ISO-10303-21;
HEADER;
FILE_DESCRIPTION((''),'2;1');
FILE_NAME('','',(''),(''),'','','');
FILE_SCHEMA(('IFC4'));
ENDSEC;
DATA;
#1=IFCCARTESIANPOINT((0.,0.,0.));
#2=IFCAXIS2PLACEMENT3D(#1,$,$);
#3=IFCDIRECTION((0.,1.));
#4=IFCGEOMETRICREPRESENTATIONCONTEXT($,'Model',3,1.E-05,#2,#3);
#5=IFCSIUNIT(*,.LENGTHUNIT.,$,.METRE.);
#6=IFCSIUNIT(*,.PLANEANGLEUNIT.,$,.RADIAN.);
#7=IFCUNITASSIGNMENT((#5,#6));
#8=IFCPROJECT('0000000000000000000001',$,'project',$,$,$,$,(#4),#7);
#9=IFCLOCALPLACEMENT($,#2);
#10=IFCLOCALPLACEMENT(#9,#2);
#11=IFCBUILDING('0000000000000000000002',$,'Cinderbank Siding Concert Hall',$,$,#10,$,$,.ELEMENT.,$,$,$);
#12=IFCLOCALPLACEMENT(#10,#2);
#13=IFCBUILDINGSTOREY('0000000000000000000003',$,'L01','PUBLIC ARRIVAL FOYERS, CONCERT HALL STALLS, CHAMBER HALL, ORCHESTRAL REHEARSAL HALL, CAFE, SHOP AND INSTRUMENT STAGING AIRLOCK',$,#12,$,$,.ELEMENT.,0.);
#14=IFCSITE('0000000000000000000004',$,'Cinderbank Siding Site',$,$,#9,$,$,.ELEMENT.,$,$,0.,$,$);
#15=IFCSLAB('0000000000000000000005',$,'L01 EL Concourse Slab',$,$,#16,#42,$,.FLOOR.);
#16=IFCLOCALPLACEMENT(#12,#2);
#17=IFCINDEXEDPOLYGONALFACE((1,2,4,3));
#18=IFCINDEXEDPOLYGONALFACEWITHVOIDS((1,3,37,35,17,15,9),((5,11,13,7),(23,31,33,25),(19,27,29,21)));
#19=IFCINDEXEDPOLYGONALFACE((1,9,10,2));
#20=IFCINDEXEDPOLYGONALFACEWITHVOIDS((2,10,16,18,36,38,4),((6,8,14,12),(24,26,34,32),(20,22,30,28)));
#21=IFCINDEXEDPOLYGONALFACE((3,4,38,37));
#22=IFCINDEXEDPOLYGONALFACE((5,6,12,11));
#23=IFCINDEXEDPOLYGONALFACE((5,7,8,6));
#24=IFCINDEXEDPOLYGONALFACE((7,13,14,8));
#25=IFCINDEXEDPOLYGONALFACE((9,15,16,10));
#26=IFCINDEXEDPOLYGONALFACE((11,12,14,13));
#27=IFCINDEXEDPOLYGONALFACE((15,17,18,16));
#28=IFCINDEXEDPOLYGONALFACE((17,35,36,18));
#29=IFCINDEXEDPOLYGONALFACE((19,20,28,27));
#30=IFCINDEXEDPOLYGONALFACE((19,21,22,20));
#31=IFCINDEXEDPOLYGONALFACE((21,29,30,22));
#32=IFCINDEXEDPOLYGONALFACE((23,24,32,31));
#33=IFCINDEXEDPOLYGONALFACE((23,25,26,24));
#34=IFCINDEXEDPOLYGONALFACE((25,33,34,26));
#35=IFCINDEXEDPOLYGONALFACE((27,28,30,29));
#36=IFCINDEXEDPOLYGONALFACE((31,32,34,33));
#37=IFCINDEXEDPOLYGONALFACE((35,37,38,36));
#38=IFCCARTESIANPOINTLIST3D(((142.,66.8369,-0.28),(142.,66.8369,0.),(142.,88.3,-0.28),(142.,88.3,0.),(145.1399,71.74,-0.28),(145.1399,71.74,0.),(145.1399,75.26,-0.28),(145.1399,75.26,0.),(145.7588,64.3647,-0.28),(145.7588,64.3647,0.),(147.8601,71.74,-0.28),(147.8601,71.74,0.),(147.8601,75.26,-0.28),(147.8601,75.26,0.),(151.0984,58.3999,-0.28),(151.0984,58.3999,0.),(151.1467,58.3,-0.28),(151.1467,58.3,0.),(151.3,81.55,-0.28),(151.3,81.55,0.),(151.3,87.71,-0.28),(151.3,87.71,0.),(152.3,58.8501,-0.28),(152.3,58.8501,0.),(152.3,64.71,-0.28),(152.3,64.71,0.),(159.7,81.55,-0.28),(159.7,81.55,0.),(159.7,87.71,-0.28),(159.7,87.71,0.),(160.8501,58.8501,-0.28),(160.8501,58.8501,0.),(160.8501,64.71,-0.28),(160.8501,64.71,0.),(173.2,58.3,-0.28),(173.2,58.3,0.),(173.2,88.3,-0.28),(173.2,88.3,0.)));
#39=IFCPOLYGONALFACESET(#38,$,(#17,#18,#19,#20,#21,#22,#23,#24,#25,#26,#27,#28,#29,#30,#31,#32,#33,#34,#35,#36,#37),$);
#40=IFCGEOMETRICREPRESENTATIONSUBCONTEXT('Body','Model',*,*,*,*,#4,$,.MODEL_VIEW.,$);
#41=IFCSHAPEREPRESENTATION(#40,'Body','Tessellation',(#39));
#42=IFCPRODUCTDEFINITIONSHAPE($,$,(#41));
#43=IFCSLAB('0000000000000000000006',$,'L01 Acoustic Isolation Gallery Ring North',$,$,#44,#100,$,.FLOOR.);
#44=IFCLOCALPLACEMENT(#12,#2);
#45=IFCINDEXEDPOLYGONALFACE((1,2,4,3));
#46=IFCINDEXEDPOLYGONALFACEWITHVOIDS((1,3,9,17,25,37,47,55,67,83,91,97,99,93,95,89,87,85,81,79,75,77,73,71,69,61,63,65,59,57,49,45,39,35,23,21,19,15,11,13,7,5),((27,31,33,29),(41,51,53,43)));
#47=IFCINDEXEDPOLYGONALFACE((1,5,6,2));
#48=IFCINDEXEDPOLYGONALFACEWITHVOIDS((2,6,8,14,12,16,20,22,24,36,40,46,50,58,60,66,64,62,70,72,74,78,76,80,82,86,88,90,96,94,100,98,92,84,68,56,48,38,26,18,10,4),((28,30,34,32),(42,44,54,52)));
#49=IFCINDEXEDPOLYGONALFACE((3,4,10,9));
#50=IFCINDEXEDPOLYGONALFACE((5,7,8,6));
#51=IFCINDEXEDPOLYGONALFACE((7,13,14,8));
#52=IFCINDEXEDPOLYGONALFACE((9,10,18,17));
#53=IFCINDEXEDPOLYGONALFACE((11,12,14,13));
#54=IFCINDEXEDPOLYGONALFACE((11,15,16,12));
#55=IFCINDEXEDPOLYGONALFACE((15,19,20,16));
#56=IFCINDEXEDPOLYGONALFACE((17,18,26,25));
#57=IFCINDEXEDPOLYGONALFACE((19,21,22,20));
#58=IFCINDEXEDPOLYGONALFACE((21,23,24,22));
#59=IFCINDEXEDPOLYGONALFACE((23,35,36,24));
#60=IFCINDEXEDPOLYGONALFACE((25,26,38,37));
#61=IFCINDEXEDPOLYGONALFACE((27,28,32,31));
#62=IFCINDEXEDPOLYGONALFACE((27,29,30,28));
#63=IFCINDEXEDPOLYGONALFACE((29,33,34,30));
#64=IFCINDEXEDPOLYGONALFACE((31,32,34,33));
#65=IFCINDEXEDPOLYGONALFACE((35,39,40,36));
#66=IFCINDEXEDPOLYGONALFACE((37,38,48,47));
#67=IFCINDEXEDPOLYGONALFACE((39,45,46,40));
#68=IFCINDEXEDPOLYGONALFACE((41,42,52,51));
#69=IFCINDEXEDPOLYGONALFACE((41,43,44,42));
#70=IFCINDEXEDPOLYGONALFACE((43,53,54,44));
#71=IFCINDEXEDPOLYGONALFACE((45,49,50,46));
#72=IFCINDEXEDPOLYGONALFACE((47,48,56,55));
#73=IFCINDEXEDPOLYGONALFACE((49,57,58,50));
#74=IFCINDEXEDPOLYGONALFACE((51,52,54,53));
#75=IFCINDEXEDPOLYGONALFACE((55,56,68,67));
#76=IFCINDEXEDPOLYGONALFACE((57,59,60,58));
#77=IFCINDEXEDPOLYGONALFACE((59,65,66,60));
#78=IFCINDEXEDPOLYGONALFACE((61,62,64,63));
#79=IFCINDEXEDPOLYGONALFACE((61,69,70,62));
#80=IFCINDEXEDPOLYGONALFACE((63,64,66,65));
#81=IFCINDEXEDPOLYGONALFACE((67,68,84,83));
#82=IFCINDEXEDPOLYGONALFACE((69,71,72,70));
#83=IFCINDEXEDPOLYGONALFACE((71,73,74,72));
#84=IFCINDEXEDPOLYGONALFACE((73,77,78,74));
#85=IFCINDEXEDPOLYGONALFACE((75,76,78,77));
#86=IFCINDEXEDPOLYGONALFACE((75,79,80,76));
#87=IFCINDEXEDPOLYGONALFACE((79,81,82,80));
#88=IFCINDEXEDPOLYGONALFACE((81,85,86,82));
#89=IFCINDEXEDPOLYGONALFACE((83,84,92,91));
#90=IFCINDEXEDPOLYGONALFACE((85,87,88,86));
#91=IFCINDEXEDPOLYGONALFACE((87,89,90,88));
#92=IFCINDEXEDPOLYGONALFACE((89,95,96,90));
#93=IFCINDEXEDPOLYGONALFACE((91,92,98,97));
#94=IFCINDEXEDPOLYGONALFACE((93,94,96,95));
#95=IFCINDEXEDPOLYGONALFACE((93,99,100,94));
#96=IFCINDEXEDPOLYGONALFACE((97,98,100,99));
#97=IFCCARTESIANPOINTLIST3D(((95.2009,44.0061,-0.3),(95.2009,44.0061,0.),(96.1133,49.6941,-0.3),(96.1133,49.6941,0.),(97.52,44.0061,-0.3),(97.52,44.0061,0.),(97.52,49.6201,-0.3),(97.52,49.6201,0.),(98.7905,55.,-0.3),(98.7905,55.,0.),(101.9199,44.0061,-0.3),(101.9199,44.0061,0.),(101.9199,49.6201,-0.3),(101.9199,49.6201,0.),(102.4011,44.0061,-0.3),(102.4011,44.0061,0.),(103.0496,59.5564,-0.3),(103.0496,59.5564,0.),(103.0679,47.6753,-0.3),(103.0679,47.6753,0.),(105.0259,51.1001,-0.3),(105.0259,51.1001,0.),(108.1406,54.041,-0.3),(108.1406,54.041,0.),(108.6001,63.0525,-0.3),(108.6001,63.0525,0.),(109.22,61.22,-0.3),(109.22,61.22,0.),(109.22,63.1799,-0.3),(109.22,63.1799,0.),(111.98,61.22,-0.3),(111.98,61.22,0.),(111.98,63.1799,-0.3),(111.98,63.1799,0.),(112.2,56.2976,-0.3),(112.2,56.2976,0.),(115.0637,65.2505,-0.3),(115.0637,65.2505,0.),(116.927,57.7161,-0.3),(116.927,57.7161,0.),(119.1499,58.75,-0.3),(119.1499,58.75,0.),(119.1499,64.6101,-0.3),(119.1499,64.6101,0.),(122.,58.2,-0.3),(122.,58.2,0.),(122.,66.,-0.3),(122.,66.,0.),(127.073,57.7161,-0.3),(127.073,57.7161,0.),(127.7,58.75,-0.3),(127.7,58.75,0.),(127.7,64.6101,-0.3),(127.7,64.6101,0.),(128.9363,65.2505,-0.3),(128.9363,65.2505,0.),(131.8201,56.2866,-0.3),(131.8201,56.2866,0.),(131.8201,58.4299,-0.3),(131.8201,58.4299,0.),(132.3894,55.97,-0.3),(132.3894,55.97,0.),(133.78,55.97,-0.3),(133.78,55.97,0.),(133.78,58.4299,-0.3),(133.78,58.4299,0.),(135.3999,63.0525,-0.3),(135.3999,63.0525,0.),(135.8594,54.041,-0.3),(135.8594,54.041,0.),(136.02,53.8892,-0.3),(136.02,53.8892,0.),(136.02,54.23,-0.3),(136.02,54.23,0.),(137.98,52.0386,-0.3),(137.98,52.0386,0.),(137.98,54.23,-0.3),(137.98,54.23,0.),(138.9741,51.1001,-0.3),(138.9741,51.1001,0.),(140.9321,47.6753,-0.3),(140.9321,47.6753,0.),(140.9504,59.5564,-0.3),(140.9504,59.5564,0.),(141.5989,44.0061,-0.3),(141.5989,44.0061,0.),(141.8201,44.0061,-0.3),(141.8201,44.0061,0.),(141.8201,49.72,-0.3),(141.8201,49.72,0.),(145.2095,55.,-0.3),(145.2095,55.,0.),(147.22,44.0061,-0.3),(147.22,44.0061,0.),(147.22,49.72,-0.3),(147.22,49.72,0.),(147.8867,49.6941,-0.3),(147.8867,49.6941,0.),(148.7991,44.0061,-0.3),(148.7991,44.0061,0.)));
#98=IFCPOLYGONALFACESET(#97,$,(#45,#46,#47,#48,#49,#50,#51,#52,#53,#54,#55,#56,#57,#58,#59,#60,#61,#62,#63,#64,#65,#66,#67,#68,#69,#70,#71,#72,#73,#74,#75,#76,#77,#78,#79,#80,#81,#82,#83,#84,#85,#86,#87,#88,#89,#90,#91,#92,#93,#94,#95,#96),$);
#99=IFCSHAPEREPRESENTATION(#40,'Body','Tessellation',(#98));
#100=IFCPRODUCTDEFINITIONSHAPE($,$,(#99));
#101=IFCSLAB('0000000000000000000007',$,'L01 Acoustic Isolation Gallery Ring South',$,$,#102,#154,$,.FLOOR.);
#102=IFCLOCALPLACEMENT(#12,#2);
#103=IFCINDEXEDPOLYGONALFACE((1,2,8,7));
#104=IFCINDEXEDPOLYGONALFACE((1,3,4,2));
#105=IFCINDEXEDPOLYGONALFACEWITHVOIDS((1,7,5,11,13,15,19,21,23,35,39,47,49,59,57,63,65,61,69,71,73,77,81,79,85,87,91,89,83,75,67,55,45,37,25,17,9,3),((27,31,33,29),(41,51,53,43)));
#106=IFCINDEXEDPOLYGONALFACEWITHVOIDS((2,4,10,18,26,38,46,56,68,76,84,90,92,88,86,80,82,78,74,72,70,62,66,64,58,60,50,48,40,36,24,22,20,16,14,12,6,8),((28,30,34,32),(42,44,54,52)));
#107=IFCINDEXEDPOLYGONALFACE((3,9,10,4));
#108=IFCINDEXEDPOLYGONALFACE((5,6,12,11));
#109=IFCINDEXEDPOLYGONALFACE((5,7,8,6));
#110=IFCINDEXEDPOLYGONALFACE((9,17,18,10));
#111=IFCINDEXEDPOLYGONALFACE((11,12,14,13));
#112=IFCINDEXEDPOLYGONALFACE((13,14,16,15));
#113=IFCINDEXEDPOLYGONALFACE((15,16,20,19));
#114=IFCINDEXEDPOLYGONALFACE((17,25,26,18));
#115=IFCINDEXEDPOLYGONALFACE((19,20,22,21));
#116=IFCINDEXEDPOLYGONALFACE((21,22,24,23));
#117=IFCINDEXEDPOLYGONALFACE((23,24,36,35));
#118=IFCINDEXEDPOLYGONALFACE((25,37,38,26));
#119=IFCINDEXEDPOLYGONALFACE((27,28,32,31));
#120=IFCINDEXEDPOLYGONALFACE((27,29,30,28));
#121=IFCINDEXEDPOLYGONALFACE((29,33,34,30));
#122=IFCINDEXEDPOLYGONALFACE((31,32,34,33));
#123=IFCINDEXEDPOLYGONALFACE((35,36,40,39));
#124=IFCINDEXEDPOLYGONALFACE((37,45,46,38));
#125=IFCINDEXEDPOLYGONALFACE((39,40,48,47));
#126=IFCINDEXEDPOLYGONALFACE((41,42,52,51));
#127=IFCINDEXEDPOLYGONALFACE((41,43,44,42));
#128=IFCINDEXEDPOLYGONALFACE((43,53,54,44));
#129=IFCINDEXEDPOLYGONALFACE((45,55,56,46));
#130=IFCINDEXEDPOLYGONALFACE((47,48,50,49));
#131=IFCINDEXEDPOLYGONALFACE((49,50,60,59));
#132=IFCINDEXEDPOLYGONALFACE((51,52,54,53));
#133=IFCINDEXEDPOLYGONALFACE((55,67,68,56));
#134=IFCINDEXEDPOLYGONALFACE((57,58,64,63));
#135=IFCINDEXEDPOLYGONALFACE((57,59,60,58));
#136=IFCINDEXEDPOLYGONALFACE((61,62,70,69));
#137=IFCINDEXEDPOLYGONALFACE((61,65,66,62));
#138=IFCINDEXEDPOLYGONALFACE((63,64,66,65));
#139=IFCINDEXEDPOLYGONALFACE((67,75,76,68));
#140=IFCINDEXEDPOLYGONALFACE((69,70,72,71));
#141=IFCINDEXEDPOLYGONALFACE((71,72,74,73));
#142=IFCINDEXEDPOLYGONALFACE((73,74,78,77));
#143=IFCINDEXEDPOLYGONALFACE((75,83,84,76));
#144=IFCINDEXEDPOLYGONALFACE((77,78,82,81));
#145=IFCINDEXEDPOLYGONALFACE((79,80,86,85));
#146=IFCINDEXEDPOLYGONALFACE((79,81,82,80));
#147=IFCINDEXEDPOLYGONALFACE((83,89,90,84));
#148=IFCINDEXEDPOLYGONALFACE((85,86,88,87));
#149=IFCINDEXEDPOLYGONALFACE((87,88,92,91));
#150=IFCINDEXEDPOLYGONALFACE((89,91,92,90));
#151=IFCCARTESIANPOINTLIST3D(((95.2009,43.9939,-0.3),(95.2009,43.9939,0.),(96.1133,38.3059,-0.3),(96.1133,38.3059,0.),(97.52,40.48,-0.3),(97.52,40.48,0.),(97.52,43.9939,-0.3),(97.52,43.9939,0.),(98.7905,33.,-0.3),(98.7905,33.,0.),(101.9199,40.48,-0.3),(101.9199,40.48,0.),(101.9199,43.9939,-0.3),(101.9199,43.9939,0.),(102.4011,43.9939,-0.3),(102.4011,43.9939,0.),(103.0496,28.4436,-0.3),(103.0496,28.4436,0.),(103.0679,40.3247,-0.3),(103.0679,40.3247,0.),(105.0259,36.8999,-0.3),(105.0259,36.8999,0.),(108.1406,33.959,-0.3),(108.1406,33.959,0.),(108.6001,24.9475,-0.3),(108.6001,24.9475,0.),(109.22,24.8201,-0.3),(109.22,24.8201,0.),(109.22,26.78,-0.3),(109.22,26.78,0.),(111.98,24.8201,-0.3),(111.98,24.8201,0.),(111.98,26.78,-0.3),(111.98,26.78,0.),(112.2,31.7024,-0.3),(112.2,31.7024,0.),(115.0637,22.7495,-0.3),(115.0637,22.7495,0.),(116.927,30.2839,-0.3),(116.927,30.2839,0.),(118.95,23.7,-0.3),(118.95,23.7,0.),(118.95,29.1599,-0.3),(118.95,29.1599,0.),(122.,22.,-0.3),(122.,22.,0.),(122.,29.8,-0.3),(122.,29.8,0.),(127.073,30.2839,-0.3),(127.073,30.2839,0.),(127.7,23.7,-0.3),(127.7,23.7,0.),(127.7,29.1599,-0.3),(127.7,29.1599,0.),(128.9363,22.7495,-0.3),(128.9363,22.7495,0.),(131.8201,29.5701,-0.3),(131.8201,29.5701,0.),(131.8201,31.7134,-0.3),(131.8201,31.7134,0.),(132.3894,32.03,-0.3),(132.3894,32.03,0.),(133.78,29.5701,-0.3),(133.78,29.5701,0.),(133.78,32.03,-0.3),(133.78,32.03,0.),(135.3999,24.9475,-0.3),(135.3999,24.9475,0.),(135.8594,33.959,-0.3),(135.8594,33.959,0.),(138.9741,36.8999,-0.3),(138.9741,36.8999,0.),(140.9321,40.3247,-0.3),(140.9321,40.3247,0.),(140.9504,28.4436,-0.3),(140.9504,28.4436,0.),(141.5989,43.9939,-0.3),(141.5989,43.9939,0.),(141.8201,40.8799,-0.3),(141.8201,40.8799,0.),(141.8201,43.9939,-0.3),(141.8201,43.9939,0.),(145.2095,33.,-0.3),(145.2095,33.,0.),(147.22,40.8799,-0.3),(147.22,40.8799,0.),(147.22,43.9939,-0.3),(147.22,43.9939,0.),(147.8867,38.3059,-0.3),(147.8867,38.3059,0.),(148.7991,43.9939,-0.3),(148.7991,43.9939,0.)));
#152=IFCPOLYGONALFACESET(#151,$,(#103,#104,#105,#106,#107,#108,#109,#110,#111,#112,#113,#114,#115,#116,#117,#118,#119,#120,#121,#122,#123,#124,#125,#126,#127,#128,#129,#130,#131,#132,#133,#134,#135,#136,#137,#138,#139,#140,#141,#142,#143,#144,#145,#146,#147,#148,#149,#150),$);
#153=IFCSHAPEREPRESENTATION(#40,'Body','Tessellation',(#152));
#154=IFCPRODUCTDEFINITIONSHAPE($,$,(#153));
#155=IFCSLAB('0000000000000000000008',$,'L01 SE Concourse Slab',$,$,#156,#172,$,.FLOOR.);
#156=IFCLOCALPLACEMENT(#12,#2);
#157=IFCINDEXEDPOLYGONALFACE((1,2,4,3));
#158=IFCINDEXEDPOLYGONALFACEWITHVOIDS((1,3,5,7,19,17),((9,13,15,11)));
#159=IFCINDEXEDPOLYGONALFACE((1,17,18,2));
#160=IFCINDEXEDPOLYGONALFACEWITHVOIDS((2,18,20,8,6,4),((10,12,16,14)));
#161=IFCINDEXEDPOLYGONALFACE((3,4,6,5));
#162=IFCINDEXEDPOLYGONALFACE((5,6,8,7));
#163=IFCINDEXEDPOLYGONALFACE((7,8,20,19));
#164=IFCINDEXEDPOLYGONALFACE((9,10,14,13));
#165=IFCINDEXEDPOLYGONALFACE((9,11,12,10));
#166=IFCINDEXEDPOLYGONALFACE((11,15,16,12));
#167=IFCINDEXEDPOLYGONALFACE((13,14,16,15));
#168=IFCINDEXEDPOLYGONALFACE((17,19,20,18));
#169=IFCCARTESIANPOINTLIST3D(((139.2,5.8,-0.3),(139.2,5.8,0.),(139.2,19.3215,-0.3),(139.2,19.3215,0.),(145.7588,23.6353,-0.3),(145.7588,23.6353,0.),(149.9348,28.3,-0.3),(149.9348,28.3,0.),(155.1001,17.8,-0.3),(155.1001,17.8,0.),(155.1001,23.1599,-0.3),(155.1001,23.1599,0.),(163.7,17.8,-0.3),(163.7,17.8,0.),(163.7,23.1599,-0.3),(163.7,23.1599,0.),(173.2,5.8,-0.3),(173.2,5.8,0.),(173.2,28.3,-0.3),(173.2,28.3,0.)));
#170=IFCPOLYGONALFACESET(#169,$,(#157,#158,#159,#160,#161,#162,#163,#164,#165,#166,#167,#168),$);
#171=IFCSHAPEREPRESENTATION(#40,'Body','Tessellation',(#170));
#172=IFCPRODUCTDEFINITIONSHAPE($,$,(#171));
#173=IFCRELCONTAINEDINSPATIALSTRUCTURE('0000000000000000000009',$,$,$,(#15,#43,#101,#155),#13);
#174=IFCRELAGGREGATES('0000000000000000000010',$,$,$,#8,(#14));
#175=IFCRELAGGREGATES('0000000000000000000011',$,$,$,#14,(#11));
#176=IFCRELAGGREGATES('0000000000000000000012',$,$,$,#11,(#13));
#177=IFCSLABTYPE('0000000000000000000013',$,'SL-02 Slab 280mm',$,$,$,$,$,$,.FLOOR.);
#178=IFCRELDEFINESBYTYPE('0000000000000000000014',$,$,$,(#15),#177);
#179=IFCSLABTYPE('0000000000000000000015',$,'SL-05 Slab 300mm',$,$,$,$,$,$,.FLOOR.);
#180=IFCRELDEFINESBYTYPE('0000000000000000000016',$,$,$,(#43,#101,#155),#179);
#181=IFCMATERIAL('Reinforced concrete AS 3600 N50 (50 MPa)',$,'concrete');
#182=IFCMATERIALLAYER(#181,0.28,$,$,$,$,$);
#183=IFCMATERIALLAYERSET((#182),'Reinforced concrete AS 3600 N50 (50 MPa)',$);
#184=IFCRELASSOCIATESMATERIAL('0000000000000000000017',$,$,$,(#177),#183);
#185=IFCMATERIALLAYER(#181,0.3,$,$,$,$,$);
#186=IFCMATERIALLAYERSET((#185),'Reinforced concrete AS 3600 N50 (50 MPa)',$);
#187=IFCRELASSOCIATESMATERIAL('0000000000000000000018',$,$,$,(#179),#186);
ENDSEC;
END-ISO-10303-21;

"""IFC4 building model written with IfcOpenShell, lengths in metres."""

from ifc_helpers import new_model, si_unit, direction, frame, origin, place, context, subcontext, project, spatial, polyline, outline, extrude, material, layer, layer_set, type_object, element, save


model = new_model("IFC4")

# Units and contexts
model_context = context("Model", 3, precision=1e-05, world=origin(), true_north=direction((0.0, 1.0)))
body_context = subcontext(model_context, "Body", "Model", "MODEL_VIEW")
ifc_project = project(units=[si_unit("LENGTHUNIT", "METRE"), si_unit("PLANEANGLEUNIT", "RADIAN")], contexts=[model_context])

# Site, building, storey
site_placement = place(None, origin())
site = spatial("IfcSite", under=ifc_project, at=site_placement, Name="Cinderbank Siding Site", CompositionType="ELEMENT", RefElevation=0.0)
building_placement = place(site_placement, origin())
building = spatial("IfcBuilding", under=site, at=building_placement, Name="Cinderbank Siding Concert Hall", CompositionType="ELEMENT")
storey_placement = place(building_placement, origin())
storey = spatial("IfcBuildingStorey", under=building, at=storey_placement, Name="L01", Description="PUBLIC ARRIVAL FOYERS, CONCERT HALL STALLS, CHAMBER HALL, ORCHESTRAL REHEARSAL HALL, CAFE, SHOP AND INSTRUMENT STAGING AIRLOCK", CompositionType="ELEMENT", Elevation=0.0)

# Shared definitions
ifc_material = material(Name="Reinforced concrete AS 3600 N50 (50 MPa)", Category="concrete")

# Slabs
ifc_layer_1 = layer(ifc_material, 0.28)
ifc_layer_set_1 = layer_set([ifc_layer_1], Name="Reinforced concrete AS 3600 N50 (50 MPa)")
slab_type_1 = type_object("IfcSlabType", Name="SL-02 Slab 280mm", PredefinedType="FLOOR", material=ifc_layer_set_1)
slab_1_placement = place(storey_placement, frame((0.0, 0.0, -0.28)))
element("IfcSlab", 1, at=slab_1_placement, inside=storey, type_object=slab_type_1, Name="L01 EL Concourse Slab", PredefinedType="FLOOR", context=body_context, shape_type="SweptSolid", body=[
    extrude(outline(polyline([(173.2, 88.3), (173.2, 58.3), (151.1467, 58.3), (151.0984, 58.3999), (145.7588, 64.3647), (142.0, 66.8369), (142.0, 88.3), (173.2, 88.3)]), holes=[polyline([(159.7, 87.71), (151.3, 87.71), (151.3, 81.55), (159.7, 81.55), (159.7, 87.71)]), polyline([(160.8501, 64.71), (152.3, 64.71), (152.3, 58.8501), (160.8501, 58.8501), (160.8501, 64.71)]), polyline([(145.1399, 71.74), (147.8601, 71.74), (147.8601, 75.26), (145.1399, 75.26), (145.1399, 71.74)])]), origin(), (0.0, 0.0, 1.0), 0.28),
])
ifc_layer_2 = layer(ifc_material, 0.3)
ifc_layer_set_2 = layer_set([ifc_layer_2], Name="Reinforced concrete AS 3600 N50 (50 MPa)")
slab_type_2 = type_object("IfcSlabType", Name="SL-05 Slab 300mm", PredefinedType="FLOOR", material=ifc_layer_set_2)
slab_2_placement = place(storey_placement, frame((0.0, 0.0, -0.3)))
element("IfcSlab", 2, at=slab_2_placement, inside=storey, type_object=slab_type_2, Name="L01 Acoustic Isolation Gallery Ring North", PredefinedType="FLOOR", context=body_context, shape_type="SweptSolid", body=[
    extrude(outline(polyline([(122.0, 66.0), (128.9363, 65.2505), (135.3999, 63.0525), (140.9504, 59.5564), (145.2095, 55.0), (147.8867, 49.6941), (148.7991, 44.0061), (147.22, 44.0061), (147.22, 49.72), (141.8201, 49.72), (141.8201, 44.0061), (141.5989, 44.0061), (140.9321, 47.6753), (138.9741, 51.1001), (137.98, 52.0386), (137.98, 54.23), (136.02, 54.23), (136.02, 53.8892), (135.8594, 54.041), (132.3894, 55.97), (133.78, 55.97), (133.78, 58.4299), (131.8201, 58.4299), (131.8201, 56.2866), (127.073, 57.7161), (122.0, 58.2), (116.927, 57.7161), (112.2, 56.2976), (108.1406, 54.041), (105.0259, 51.1001), (103.0679, 47.6753), (102.4011, 44.0061), (101.9199, 44.0061), (101.9199, 49.6201), (97.52, 49.6201), (97.52, 44.0061), (95.2009, 44.0061), (96.1133, 49.6941), (98.7905, 55.0), (103.0496, 59.5564), (108.6001, 63.0525), (115.0637, 65.2505), (122.0, 66.0)]), holes=[polyline([(119.1499, 58.75), (127.7, 58.75), (127.7, 64.6101), (119.1499, 64.6101), (119.1499, 58.75)]), polyline([(111.98, 61.22), (111.98, 63.1799), (109.22, 63.1799), (109.22, 61.22), (111.98, 61.22)])]), origin(), (0.0, 0.0, 1.0), 0.3),
])
slab_3_placement = place(storey_placement, frame((0.0, 0.0, -0.3)))
element("IfcSlab", 3, at=slab_3_placement, inside=storey, type_object=slab_type_2, Name="L01 Acoustic Isolation Gallery Ring South", PredefinedType="FLOOR", context=body_context, shape_type="SweptSolid", body=[
    extrude(outline(polyline([(122.0, 22.0), (115.0637, 22.7495), (108.6001, 24.9475), (103.0496, 28.4436), (98.7905, 33.0), (96.1133, 38.3059), (95.2009, 43.9939), (97.52, 43.9939), (97.52, 40.48), (101.9199, 40.48), (101.9199, 43.9939), (102.4011, 43.9939), (103.0679, 40.3247), (105.0259, 36.8999), (108.1406, 33.959), (112.2, 31.7024), (116.927, 30.2839), (122.0, 29.8), (127.073, 30.2839), (131.8201, 31.7134), (131.8201, 29.5701), (133.78, 29.5701), (133.78, 32.03), (132.3894, 32.03), (135.8594, 33.959), (138.9741, 36.8999), (140.9321, 40.3247), (141.5989, 43.9939), (141.8201, 43.9939), (141.8201, 40.8799), (147.22, 40.8799), (147.22, 43.9939), (148.7991, 43.9939), (147.8867, 38.3059), (145.2095, 33.0), (140.9504, 28.4436), (135.3999, 24.9475), (128.9363, 22.7495), (122.0, 22.0)]), holes=[polyline([(118.95, 23.7), (127.7, 23.7), (127.7, 29.1599), (118.95, 29.1599), (118.95, 23.7)]), polyline([(111.98, 24.8201), (111.98, 26.78), (109.22, 26.78), (109.22, 24.8201), (111.98, 24.8201)])]), origin(), (0.0, 0.0, 1.0), 0.3),
])
slab_4_placement = place(storey_placement, frame((0.0, 0.0, -0.3)))
element("IfcSlab", 4, at=slab_4_placement, inside=storey, type_object=slab_type_2, Name="L01 SE Concourse Slab", PredefinedType="FLOOR", context=body_context, shape_type="SweptSolid", body=[
    extrude(outline(polyline([(173.2, 28.3), (173.2, 5.8), (139.2, 5.8), (139.2, 19.3215), (145.7588, 23.6353), (149.9348, 28.3), (173.2, 28.3)]), holes=[polyline([(155.1001, 17.8), (163.7, 17.8), (163.7, 23.1599), (155.1001, 23.1599), (155.1001, 17.8)])]), origin(), (0.0, 0.0, 1.0), 0.3),
])

save(model, "model.ifc")
